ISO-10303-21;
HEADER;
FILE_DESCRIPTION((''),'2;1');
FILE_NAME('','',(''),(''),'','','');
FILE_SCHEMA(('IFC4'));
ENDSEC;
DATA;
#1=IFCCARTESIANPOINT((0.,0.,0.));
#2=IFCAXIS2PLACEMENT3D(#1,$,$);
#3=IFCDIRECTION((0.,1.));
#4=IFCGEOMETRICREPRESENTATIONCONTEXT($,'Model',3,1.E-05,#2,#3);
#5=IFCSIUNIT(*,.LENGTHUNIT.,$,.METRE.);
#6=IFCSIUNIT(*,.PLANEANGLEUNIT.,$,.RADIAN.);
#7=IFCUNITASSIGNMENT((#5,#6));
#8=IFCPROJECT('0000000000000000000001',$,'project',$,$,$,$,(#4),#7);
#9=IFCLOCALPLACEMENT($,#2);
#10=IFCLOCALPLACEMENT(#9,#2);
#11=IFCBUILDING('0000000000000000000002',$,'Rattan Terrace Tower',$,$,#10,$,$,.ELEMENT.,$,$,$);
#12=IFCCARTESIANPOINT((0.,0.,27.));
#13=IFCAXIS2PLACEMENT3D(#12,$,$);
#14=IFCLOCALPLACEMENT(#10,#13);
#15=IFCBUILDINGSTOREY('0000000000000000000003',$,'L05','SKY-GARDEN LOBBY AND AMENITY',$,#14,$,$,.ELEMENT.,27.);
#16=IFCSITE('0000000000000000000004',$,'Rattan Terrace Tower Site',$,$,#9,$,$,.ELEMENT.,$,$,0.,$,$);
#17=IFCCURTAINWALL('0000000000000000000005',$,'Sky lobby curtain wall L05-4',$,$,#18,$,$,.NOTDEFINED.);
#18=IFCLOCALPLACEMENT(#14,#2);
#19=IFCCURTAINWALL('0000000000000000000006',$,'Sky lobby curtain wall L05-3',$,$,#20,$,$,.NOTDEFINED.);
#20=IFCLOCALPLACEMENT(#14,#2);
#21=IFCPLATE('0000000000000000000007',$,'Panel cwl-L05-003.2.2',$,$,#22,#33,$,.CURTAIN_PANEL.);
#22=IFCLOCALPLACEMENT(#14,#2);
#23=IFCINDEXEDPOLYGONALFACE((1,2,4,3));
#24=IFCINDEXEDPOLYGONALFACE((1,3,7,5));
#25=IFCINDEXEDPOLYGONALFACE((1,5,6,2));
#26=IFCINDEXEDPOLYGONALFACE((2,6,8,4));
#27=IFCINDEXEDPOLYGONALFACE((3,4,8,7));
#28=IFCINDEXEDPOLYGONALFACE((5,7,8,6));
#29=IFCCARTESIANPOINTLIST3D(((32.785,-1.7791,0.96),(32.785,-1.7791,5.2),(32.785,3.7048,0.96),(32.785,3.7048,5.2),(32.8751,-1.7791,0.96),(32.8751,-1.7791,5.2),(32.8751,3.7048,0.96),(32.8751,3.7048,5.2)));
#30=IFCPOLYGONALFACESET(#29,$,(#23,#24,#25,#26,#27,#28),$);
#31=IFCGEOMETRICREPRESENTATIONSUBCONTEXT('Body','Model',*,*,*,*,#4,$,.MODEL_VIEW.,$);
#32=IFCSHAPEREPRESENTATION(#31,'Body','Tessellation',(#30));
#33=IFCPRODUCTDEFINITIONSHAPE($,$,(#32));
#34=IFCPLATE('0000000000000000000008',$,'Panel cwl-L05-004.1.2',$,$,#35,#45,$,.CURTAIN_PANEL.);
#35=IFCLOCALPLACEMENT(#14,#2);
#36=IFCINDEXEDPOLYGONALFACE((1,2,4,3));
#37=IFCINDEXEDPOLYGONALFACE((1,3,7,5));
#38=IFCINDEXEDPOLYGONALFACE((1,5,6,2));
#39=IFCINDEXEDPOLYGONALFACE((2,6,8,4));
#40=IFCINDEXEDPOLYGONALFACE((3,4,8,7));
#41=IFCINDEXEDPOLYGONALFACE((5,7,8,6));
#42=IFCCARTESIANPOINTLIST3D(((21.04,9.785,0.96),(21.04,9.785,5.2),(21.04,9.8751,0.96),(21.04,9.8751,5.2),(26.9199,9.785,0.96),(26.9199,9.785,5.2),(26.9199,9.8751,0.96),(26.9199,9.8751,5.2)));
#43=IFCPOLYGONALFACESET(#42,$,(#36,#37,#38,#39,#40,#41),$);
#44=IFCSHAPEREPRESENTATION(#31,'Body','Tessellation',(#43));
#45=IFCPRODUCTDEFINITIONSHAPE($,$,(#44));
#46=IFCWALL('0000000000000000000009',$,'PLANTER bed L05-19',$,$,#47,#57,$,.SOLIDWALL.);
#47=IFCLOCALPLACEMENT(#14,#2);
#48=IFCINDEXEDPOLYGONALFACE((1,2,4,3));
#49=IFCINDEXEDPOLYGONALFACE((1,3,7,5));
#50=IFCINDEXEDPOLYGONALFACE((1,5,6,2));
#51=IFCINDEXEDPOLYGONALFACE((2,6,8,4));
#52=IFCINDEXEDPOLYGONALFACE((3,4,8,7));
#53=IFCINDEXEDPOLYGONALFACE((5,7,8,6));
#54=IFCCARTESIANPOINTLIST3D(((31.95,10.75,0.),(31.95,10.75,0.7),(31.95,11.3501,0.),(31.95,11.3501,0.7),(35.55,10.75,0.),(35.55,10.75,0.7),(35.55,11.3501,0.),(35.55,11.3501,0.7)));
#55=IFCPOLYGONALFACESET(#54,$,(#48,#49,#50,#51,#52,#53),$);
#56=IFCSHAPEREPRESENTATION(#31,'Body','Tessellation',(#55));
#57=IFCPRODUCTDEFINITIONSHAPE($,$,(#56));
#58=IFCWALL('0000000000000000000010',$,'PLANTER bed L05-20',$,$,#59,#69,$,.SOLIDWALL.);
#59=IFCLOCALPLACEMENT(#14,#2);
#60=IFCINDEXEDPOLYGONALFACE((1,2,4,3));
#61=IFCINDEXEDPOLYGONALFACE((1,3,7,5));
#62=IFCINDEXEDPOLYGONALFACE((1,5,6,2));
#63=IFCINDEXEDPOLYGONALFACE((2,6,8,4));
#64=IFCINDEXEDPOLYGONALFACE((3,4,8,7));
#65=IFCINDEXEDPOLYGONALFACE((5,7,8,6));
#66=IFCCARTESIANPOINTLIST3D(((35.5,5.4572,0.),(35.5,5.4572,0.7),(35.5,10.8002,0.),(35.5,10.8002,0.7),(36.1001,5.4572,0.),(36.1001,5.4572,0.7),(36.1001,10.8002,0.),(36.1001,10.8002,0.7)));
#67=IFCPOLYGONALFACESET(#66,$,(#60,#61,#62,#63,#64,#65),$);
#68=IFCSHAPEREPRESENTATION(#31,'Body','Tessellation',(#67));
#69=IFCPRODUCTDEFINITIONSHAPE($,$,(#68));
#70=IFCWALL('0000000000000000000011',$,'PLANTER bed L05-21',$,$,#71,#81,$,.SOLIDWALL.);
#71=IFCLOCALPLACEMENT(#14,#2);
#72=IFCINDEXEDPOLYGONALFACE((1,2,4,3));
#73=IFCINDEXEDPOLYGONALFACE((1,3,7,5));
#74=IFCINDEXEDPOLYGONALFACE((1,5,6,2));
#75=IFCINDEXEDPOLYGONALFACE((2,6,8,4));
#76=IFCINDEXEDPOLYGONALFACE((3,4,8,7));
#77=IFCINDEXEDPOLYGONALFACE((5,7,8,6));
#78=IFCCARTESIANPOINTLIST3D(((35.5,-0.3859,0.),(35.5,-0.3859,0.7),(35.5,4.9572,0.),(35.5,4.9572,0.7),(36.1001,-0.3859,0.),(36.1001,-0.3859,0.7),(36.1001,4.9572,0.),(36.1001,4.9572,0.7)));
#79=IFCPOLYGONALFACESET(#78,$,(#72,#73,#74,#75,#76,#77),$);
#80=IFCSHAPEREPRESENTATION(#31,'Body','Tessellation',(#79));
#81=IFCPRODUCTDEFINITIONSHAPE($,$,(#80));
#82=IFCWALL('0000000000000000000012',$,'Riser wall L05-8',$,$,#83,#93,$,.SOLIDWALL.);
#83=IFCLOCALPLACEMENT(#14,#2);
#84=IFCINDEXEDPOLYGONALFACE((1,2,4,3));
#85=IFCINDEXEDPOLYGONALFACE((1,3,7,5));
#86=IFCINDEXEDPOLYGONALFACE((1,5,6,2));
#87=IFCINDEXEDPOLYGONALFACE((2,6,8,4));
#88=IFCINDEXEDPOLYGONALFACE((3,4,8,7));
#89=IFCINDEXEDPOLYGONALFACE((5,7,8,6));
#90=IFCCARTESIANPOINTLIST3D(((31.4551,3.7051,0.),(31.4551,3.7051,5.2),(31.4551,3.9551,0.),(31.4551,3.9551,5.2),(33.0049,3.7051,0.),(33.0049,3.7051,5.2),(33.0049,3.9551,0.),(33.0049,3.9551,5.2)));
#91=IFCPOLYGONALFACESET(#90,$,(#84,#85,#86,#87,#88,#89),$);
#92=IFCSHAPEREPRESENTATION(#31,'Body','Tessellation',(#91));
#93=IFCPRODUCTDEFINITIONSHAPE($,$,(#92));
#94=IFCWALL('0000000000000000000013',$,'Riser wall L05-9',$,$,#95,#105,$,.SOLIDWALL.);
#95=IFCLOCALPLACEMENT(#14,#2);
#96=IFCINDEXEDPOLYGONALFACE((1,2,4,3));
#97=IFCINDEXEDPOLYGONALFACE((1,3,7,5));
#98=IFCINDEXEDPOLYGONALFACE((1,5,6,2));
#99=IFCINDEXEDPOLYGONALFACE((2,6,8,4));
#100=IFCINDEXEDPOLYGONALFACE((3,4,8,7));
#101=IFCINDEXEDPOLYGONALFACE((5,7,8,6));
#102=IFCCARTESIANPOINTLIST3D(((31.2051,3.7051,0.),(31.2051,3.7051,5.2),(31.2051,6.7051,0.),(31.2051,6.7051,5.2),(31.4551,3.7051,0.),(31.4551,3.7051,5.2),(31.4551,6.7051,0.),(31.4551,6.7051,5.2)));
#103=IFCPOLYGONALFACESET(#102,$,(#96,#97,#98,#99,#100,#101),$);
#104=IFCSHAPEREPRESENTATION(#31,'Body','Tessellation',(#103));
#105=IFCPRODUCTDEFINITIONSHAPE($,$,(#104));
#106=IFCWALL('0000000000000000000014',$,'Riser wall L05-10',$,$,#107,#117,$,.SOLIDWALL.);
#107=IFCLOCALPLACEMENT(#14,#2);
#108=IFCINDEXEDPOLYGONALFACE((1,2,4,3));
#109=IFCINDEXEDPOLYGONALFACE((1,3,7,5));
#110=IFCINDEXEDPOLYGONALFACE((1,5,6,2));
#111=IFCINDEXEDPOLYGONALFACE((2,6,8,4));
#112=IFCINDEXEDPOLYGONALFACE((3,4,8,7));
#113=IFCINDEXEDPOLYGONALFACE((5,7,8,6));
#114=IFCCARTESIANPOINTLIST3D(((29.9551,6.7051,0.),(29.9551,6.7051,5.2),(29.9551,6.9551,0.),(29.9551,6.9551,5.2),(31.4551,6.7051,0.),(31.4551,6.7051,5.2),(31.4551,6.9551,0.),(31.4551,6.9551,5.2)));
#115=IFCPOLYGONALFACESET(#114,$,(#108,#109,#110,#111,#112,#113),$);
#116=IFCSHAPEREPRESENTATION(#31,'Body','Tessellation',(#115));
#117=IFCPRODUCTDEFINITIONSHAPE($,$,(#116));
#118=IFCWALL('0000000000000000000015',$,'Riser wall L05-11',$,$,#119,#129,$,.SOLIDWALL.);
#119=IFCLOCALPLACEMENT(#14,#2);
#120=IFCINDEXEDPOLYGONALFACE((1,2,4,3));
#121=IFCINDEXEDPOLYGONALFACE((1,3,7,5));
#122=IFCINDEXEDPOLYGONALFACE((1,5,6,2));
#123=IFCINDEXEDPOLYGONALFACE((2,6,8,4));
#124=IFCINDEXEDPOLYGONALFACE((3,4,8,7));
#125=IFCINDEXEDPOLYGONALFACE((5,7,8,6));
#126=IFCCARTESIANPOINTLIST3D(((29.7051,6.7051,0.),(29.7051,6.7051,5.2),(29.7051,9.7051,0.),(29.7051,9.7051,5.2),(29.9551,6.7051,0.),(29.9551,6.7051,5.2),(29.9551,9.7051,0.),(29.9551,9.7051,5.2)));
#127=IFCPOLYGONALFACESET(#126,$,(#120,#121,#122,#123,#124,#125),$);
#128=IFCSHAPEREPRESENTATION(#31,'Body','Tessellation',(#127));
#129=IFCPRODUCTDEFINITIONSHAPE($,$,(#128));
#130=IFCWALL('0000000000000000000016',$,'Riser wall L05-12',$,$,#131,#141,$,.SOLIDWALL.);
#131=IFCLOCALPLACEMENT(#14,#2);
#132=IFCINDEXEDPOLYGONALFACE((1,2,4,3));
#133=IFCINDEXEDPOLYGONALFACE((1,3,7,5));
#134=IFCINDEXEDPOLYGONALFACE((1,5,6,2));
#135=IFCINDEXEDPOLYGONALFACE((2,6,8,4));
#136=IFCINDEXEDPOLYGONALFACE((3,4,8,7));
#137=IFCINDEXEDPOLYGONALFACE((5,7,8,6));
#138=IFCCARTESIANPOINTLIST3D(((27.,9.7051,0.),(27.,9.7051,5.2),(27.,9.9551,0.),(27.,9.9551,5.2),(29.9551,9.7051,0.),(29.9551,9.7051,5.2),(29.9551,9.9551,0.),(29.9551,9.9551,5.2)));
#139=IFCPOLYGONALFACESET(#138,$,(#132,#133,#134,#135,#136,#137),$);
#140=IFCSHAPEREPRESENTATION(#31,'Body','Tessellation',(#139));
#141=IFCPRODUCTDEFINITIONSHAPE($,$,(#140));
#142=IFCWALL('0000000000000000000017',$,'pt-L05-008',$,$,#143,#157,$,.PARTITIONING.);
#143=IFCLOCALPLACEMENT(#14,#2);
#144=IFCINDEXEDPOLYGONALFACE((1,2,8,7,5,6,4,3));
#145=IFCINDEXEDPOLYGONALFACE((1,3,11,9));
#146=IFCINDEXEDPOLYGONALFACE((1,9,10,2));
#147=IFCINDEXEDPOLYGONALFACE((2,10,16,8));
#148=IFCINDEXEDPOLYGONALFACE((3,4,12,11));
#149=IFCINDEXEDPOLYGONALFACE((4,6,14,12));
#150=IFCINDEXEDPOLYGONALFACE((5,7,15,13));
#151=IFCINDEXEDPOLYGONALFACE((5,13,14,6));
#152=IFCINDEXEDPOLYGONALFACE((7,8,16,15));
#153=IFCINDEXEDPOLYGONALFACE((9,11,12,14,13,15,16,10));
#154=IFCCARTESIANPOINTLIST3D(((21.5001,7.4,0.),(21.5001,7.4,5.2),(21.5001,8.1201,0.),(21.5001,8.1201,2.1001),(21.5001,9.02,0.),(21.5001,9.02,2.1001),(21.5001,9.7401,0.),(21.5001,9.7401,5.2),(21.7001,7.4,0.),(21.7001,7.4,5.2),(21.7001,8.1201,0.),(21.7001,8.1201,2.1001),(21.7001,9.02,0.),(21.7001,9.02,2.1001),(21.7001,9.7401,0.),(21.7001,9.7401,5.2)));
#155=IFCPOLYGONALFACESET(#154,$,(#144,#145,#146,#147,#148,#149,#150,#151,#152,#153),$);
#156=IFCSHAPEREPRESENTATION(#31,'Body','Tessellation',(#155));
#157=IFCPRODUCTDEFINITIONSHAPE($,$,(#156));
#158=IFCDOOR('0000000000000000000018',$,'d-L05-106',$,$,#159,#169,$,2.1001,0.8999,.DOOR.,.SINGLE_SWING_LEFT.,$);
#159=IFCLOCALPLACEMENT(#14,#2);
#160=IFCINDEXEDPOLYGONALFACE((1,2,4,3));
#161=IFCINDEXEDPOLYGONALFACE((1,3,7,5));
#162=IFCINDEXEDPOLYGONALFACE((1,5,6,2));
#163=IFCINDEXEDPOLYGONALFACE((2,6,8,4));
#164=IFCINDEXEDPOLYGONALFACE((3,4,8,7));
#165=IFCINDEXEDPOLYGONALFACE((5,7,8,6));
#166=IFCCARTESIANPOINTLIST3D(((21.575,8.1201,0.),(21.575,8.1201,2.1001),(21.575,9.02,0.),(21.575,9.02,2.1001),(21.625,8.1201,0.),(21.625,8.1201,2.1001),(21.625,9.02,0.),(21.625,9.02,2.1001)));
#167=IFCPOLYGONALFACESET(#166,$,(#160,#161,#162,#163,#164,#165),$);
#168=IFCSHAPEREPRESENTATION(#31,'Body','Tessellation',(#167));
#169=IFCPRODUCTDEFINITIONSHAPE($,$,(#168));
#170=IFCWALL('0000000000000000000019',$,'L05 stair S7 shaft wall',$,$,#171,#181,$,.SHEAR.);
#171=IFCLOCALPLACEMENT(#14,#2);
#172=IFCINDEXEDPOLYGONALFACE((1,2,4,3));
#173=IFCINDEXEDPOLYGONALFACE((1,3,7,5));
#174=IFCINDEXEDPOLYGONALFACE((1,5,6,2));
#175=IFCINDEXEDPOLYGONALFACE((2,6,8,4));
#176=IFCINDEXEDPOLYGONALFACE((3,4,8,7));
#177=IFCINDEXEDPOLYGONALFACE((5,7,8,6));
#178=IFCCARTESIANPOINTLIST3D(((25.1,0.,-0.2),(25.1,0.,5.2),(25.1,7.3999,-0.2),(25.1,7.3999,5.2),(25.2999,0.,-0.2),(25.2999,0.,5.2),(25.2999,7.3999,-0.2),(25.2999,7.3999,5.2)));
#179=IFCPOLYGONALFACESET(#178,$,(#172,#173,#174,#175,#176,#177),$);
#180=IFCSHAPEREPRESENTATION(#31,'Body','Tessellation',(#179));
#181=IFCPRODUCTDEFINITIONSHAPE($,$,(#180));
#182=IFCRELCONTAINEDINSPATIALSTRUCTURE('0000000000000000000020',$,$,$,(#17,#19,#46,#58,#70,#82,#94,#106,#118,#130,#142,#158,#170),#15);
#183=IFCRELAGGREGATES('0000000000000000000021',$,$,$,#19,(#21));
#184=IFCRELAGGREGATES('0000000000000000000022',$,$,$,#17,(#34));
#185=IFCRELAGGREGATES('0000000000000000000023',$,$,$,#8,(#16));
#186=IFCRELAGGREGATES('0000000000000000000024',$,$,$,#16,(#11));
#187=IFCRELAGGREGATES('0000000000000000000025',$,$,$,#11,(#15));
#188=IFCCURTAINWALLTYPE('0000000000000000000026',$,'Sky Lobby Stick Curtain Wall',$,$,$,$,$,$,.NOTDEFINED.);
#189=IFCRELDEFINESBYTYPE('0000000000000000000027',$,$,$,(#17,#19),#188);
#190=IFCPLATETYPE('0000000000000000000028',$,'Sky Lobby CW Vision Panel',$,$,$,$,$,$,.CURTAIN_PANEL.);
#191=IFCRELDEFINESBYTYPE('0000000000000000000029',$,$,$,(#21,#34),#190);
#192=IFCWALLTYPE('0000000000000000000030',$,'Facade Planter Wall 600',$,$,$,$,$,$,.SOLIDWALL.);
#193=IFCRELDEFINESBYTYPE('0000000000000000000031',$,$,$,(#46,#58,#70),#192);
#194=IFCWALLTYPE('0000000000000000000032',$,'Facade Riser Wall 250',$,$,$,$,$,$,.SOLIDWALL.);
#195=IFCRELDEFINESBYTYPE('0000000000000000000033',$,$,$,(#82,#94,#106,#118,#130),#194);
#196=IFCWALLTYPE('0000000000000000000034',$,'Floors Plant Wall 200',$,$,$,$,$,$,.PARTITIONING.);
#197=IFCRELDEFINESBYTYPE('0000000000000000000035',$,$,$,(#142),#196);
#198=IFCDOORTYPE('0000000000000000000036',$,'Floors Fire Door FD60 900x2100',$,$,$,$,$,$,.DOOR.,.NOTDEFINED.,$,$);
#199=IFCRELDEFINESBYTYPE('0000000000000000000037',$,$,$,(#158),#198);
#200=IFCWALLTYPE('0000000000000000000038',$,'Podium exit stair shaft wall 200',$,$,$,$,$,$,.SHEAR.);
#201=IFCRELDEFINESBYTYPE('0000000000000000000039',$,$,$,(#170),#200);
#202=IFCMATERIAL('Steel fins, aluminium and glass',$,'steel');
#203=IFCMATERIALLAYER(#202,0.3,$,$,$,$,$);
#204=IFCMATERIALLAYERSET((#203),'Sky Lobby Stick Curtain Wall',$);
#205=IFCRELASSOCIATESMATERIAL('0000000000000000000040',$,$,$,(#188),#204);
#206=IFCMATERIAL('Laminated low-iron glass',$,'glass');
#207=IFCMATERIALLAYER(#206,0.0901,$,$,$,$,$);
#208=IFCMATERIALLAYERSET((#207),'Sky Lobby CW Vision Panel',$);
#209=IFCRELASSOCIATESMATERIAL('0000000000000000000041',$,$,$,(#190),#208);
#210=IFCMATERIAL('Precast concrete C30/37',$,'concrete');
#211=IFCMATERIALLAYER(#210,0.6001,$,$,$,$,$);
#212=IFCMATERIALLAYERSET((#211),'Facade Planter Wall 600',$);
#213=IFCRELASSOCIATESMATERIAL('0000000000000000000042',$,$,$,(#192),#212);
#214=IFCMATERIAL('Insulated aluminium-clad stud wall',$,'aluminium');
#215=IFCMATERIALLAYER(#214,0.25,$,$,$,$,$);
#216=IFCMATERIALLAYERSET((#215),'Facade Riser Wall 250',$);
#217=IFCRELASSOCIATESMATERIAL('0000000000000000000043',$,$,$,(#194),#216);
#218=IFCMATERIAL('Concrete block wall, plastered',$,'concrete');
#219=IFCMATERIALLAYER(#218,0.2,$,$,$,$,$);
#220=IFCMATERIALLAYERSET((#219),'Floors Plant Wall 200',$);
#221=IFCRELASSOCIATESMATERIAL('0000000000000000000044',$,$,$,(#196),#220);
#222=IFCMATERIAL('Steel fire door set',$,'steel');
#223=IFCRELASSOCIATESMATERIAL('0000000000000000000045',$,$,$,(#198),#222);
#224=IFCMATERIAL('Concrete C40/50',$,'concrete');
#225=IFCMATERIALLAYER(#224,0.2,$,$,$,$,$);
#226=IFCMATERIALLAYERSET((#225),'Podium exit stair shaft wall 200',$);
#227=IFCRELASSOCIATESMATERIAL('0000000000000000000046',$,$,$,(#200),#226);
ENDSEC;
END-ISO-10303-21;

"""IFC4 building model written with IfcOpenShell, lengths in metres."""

from ifc_helpers import new_model, si_unit, direction, frame, frame_2d, origin, origin_2d, place, context, subcontext, project, spatial, rectangle, extrude, material, layer, layer_set, type_object, element, fill, aggregate, save


model = new_model("IFC4")

# Units and contexts
model_context = context("Model", 3, precision=1e-05, world=origin(), true_north=direction((0.0, 1.0)))
body_context = subcontext(model_context, "Body", "Model", "MODEL_VIEW")
ifc_project = project(units=[si_unit("LENGTHUNIT", "METRE"), si_unit("PLANEANGLEUNIT", "RADIAN")], contexts=[model_context])

# Site, building, storey
site_placement = place(None, origin())
site = spatial("IfcSite", under=ifc_project, at=site_placement, Name="Rattan Terrace Tower Site", CompositionType="ELEMENT", RefElevation=0.0)
building_placement = place(site_placement, origin())
building = spatial("IfcBuilding", under=site, at=building_placement, Name="Rattan Terrace Tower", CompositionType="ELEMENT")
storey_placement = place(building_placement, frame((0.0, 0.0, 27.0)))
storey = spatial("IfcBuildingStorey", under=building, at=storey_placement, Name="L05", Description="SKY-GARDEN LOBBY AND AMENITY", CompositionType="ELEMENT", Elevation=27.0)

# Curtain wall
ifc_material_1 = material(Name="Steel fins, aluminium and glass", Category="steel")
ifc_layer_1 = layer(ifc_material_1, 0.3)
ifc_layer_set_1 = layer_set([ifc_layer_1], Name="Sky Lobby Stick Curtain Wall")
curtain_wall_type = type_object("IfcCurtainWallType", Name="Sky Lobby Stick Curtain Wall", PredefinedType="NOTDEFINED", material=ifc_layer_set_1)
curtain_wall_1_placement = place(storey_placement, origin())
curtain_wall_1 = element("IfcCurtainWall", 1, at=curtain_wall_1_placement, inside=storey, type_object=curtain_wall_type, Name="Sky lobby curtain wall L05-4", PredefinedType="NOTDEFINED")

# Curtain wall
curtain_wall_2_placement = place(storey_placement, origin())
curtain_wall_2 = element("IfcCurtainWall", 2, at=curtain_wall_2_placement, inside=storey, type_object=curtain_wall_type, Name="Sky lobby curtain wall L05-3", PredefinedType="NOTDEFINED")

# Plates
ifc_material_2 = material(Name="Laminated low-iron glass", Category="glass")
ifc_layer_2 = layer(ifc_material_2, 0.0901)
ifc_layer_set_2 = layer_set([ifc_layer_2], Name="Sky Lobby CW Vision Panel")
plate_type_1 = type_object("IfcPlateType", Name="Sky Lobby CW Vision Panel", PredefinedType="CURTAIN_PANEL", material=ifc_layer_set_2)
plate_1_placement = place(storey_placement, frame((32.8301, 0.9629, 0.96), z_axis=(0.0, 0.0, 1.0), x_axis=(0.0, 1.0, 0.0)))
plate_1 = element("IfcPlate", 3, at=plate_1_placement, type_object=plate_type_1, Name="Panel cwl-L05-003.2.2", PredefinedType="CURTAIN_PANEL", context=body_context, shape_type="SweptSolid", body=[
    extrude(rectangle(XDim=5.4839, YDim=0.0901, at=origin_2d()), origin(), (0.0, 0.0, 1.0), 4.24),
])
aggregate(curtain_wall_2, [plate_1])
plate_2_placement = place(storey_placement, frame((23.98, 9.8301, 0.96), z_axis=(0.0, 0.0, 1.0), x_axis=(-1.0, 0.0, 0.0)))
plate_2 = element("IfcPlate", 4, at=plate_2_placement, type_object=plate_type_1, Name="Panel cwl-L05-004.1.2", PredefinedType="CURTAIN_PANEL", context=body_context, shape_type="SweptSolid", body=[
    extrude(rectangle(XDim=5.8799, YDim=0.0901, at=origin_2d()), origin(), (0.0, 0.0, 1.0), 4.24),
])
aggregate(curtain_wall_1, [plate_2])

# Walls
ifc_material_3 = material(Name="Precast concrete C30/37", Category="concrete")
ifc_layer_3 = layer(ifc_material_3, 0.6001)
ifc_layer_set_3 = layer_set([ifc_layer_3], Name="Facade Planter Wall 600")
wall_type_1 = type_object("IfcWallType", Name="Facade Planter Wall 600", PredefinedType="SOLIDWALL", material=ifc_layer_set_3)
wall_1_placement = place(storey_placement, frame((31.95, 11.05, 0.0), z_axis=(0.0, 0.0, 1.0), x_axis=(1.0, 0.0, 0.0)))
element("IfcWall", 5, at=wall_1_placement, inside=storey, type_object=wall_type_1, Name="PLANTER bed L05-19", PredefinedType="SOLIDWALL", context=body_context, shape_type="SweptSolid", body=[
    extrude(rectangle(XDim=3.6001, YDim=0.6001, at=frame_2d((1.8, 0.0))), origin(), (0.0, 0.0, 1.0), 0.7),
])
for number, where, z_axis, x_axis, name in (
    (6, (35.8, 10.8, 0.0), (0.0, 0.0, 1.0), (0.0, -1.0, 0.0), "PLANTER bed L05-20"),
    (7, (35.8, 4.957, 0.0), (0.0, 0.0, 1.0), (0.0, -1.0, 0.0), "PLANTER bed L05-21"),
):
    element("IfcWall", number, at=place(storey_placement, frame(where, z_axis=z_axis, x_axis=x_axis)), inside=storey, type_object=wall_type_1, Name=name, PredefinedType="SOLIDWALL", context=body_context, shape_type="SweptSolid", body=[
        extrude(rectangle(XDim=5.343, YDim=0.6001, at=frame_2d((2.6714, 0.0))), origin(), (0.0, 0.0, 1.0), 0.7),
    ])
ifc_material_4 = material(Name="Insulated aluminium-clad stud wall", Category="aluminium")
ifc_layer_4 = layer(ifc_material_4, 0.25)
ifc_layer_set_4 = layer_set([ifc_layer_4], Name="Facade Riser Wall 250")
wall_type_2 = type_object("IfcWallType", Name="Facade Riser Wall 250", PredefinedType="SOLIDWALL", material=ifc_layer_set_4)
wall_2_placement = place(storey_placement, frame((33.0049, 3.8301, 0.0), z_axis=(0.0, 0.0, 1.0), x_axis=(-1.0, 0.0, 0.0)))
element("IfcWall", 8, at=wall_2_placement, inside=storey, type_object=wall_type_2, Name="Riser wall L05-8", PredefinedType="SOLIDWALL", context=body_context, shape_type="SweptSolid", body=[
    extrude(rectangle(XDim=1.5498, YDim=0.25, at=frame_2d((0.7749, 0.0))), origin(), (0.0, 0.0, 1.0), 5.2),
])
wall_3_placement = place(storey_placement, frame((31.3301, 3.7051, 0.0), z_axis=(0.0, 0.0, 1.0), x_axis=(0.0, 1.0, 0.0)))
element("IfcWall", 9, at=wall_3_placement, inside=storey, type_object=wall_type_2, Name="Riser wall L05-9", PredefinedType="SOLIDWALL", context=body_context, shape_type="SweptSolid", body=[
    extrude(rectangle(XDim=3.0, YDim=0.25, at=frame_2d((1.5, 0.0))), origin(), (0.0, 0.0, 1.0), 5.2),
])
wall_4_placement = place(storey_placement, frame((31.4551, 6.8301, 0.0), z_axis=(0.0, 0.0, 1.0), x_axis=(-1.0, 0.0, 0.0)))
element("IfcWall", 10, at=wall_4_placement, inside=storey, type_object=wall_type_2, Name="Riser wall L05-10", PredefinedType="SOLIDWALL", context=body_context, shape_type="SweptSolid", body=[
    extrude(rectangle(XDim=1.5, YDim=0.25, at=frame_2d((0.75, 0.0))), origin(), (0.0, 0.0, 1.0), 5.2),
])
wall_5_placement = place(storey_placement, frame((29.8301, 6.7051, 0.0), z_axis=(0.0, 0.0, 1.0), x_axis=(0.0, 1.0, 0.0)))
element("IfcWall", 11, at=wall_5_placement, inside=storey, type_object=wall_type_2, Name="Riser wall L05-11", PredefinedType="SOLIDWALL", context=body_context, shape_type="SweptSolid", body=[
    extrude(rectangle(XDim=3.0, YDim=0.25, at=frame_2d((1.5, 0.0))), origin(), (0.0, 0.0, 1.0), 5.2),
])
wall_6_placement = place(storey_placement, frame((29.9551, 9.8301, 0.0), z_axis=(0.0, 0.0, 1.0), x_axis=(-1.0, 0.0, 0.0)))
element("IfcWall", 12, at=wall_6_placement, inside=storey, type_object=wall_type_2, Name="Riser wall L05-12", PredefinedType="SOLIDWALL", context=body_context, shape_type="SweptSolid", body=[
    extrude(rectangle(XDim=2.9551, YDim=0.25, at=frame_2d((1.4775, 0.0))), origin(), (0.0, 0.0, 1.0), 5.2),
])

# Wall, opening, door
ifc_material_5 = material(Name="Concrete block wall, plastered", Category="concrete")
ifc_layer_5 = layer(ifc_material_5, 0.2)
ifc_layer_set_5 = layer_set([ifc_layer_5], Name="Floors Plant Wall 200")
wall_type_3 = type_object("IfcWallType", Name="Floors Plant Wall 200", PredefinedType="PARTITIONING", material=ifc_layer_set_5)
wall_7_placement = place(storey_placement, frame((21.6001, 9.74, 0.0), z_axis=(0.0, 0.0, 1.0), x_axis=(0.0, -1.0, 0.0)))
wall_7 = element("IfcWall", 13, at=wall_7_placement, inside=storey, type_object=wall_type_3, Name="pt-L05-008", PredefinedType="PARTITIONING", context=body_context, shape_type="SweptSolid", body=[
    extrude(rectangle(XDim=2.3401, YDim=0.2, at=frame_2d((1.1699, 0.0))), origin(), (0.0, 0.0, 1.0), 5.2),
])
opening_placement = place(wall_7_placement, frame((0.72, 0.0, 0.0)))
opening = element("IfcOpeningElement", 14, at=opening_placement, cuts=wall_7, PredefinedType="OPENING", context=body_context, shape_type="SweptSolid", body=[
    extrude(rectangle(XDim=0.8999, YDim=2.1001, at=frame_2d((0.45, 1.05))), frame((0.0, 0.1106, 0.0), z_axis=(0.0, -1.0, 0.0), x_axis=(1.0, 0.0, 0.0)), (0.0, 0.0, 1.0), 0.2209),
])
ifc_material_6 = material(Name="Steel fire door set", Category="steel")
door_type = type_object("IfcDoorType", Name="Floors Fire Door FD60 900x2100", OperationType="NOTDEFINED", PredefinedType="DOOR", material=ifc_material_6)
door_placement = place(opening_placement, origin())
door = element("IfcDoor", 15, at=door_placement, inside=storey, type_object=door_type, Name="d-L05-106", OperationType="SINGLE_SWING_LEFT", OverallHeight=2.1001, OverallWidth=0.8999, PredefinedType="DOOR", context=body_context, shape_type="SweptSolid", body=[
    extrude(rectangle(XDim=0.8999, YDim=2.1001, at=frame_2d((0.45, 1.05))), frame((0.0, 0.0249, 0.0), z_axis=(0.0, -1.0, 0.0), x_axis=(1.0, 0.0, 0.0)), (0.0, 0.0, 1.0), 0.05),
])
fill(opening, door)

# Wall
ifc_material_7 = material(Name="Concrete C40/50", Category="concrete")
ifc_layer_6 = layer(ifc_material_7, 0.2)
ifc_layer_set_6 = layer_set([ifc_layer_6], Name="Podium exit stair shaft wall 200")
wall_type_4 = type_object("IfcWallType", Name="Podium exit stair shaft wall 200", PredefinedType="SHEAR", material=ifc_layer_set_6)
wall_8_placement = place(storey_placement, frame((25.2, 0.0, -0.2), z_axis=(0.0, 0.0, 1.0), x_axis=(0.0, 1.0, 0.0)))
element("IfcWall", 16, at=wall_8_placement, inside=storey, type_object=wall_type_4, Name="L05 stair S7 shaft wall", PredefinedType="SHEAR", context=body_context, shape_type="SweptSolid", body=[
    extrude(rectangle(XDim=7.3999, YDim=0.2, at=frame_2d((3.7, 0.0))), origin(), (0.0, 0.0, 1.0), 5.3999),
])

save(model, "model.ifc")
